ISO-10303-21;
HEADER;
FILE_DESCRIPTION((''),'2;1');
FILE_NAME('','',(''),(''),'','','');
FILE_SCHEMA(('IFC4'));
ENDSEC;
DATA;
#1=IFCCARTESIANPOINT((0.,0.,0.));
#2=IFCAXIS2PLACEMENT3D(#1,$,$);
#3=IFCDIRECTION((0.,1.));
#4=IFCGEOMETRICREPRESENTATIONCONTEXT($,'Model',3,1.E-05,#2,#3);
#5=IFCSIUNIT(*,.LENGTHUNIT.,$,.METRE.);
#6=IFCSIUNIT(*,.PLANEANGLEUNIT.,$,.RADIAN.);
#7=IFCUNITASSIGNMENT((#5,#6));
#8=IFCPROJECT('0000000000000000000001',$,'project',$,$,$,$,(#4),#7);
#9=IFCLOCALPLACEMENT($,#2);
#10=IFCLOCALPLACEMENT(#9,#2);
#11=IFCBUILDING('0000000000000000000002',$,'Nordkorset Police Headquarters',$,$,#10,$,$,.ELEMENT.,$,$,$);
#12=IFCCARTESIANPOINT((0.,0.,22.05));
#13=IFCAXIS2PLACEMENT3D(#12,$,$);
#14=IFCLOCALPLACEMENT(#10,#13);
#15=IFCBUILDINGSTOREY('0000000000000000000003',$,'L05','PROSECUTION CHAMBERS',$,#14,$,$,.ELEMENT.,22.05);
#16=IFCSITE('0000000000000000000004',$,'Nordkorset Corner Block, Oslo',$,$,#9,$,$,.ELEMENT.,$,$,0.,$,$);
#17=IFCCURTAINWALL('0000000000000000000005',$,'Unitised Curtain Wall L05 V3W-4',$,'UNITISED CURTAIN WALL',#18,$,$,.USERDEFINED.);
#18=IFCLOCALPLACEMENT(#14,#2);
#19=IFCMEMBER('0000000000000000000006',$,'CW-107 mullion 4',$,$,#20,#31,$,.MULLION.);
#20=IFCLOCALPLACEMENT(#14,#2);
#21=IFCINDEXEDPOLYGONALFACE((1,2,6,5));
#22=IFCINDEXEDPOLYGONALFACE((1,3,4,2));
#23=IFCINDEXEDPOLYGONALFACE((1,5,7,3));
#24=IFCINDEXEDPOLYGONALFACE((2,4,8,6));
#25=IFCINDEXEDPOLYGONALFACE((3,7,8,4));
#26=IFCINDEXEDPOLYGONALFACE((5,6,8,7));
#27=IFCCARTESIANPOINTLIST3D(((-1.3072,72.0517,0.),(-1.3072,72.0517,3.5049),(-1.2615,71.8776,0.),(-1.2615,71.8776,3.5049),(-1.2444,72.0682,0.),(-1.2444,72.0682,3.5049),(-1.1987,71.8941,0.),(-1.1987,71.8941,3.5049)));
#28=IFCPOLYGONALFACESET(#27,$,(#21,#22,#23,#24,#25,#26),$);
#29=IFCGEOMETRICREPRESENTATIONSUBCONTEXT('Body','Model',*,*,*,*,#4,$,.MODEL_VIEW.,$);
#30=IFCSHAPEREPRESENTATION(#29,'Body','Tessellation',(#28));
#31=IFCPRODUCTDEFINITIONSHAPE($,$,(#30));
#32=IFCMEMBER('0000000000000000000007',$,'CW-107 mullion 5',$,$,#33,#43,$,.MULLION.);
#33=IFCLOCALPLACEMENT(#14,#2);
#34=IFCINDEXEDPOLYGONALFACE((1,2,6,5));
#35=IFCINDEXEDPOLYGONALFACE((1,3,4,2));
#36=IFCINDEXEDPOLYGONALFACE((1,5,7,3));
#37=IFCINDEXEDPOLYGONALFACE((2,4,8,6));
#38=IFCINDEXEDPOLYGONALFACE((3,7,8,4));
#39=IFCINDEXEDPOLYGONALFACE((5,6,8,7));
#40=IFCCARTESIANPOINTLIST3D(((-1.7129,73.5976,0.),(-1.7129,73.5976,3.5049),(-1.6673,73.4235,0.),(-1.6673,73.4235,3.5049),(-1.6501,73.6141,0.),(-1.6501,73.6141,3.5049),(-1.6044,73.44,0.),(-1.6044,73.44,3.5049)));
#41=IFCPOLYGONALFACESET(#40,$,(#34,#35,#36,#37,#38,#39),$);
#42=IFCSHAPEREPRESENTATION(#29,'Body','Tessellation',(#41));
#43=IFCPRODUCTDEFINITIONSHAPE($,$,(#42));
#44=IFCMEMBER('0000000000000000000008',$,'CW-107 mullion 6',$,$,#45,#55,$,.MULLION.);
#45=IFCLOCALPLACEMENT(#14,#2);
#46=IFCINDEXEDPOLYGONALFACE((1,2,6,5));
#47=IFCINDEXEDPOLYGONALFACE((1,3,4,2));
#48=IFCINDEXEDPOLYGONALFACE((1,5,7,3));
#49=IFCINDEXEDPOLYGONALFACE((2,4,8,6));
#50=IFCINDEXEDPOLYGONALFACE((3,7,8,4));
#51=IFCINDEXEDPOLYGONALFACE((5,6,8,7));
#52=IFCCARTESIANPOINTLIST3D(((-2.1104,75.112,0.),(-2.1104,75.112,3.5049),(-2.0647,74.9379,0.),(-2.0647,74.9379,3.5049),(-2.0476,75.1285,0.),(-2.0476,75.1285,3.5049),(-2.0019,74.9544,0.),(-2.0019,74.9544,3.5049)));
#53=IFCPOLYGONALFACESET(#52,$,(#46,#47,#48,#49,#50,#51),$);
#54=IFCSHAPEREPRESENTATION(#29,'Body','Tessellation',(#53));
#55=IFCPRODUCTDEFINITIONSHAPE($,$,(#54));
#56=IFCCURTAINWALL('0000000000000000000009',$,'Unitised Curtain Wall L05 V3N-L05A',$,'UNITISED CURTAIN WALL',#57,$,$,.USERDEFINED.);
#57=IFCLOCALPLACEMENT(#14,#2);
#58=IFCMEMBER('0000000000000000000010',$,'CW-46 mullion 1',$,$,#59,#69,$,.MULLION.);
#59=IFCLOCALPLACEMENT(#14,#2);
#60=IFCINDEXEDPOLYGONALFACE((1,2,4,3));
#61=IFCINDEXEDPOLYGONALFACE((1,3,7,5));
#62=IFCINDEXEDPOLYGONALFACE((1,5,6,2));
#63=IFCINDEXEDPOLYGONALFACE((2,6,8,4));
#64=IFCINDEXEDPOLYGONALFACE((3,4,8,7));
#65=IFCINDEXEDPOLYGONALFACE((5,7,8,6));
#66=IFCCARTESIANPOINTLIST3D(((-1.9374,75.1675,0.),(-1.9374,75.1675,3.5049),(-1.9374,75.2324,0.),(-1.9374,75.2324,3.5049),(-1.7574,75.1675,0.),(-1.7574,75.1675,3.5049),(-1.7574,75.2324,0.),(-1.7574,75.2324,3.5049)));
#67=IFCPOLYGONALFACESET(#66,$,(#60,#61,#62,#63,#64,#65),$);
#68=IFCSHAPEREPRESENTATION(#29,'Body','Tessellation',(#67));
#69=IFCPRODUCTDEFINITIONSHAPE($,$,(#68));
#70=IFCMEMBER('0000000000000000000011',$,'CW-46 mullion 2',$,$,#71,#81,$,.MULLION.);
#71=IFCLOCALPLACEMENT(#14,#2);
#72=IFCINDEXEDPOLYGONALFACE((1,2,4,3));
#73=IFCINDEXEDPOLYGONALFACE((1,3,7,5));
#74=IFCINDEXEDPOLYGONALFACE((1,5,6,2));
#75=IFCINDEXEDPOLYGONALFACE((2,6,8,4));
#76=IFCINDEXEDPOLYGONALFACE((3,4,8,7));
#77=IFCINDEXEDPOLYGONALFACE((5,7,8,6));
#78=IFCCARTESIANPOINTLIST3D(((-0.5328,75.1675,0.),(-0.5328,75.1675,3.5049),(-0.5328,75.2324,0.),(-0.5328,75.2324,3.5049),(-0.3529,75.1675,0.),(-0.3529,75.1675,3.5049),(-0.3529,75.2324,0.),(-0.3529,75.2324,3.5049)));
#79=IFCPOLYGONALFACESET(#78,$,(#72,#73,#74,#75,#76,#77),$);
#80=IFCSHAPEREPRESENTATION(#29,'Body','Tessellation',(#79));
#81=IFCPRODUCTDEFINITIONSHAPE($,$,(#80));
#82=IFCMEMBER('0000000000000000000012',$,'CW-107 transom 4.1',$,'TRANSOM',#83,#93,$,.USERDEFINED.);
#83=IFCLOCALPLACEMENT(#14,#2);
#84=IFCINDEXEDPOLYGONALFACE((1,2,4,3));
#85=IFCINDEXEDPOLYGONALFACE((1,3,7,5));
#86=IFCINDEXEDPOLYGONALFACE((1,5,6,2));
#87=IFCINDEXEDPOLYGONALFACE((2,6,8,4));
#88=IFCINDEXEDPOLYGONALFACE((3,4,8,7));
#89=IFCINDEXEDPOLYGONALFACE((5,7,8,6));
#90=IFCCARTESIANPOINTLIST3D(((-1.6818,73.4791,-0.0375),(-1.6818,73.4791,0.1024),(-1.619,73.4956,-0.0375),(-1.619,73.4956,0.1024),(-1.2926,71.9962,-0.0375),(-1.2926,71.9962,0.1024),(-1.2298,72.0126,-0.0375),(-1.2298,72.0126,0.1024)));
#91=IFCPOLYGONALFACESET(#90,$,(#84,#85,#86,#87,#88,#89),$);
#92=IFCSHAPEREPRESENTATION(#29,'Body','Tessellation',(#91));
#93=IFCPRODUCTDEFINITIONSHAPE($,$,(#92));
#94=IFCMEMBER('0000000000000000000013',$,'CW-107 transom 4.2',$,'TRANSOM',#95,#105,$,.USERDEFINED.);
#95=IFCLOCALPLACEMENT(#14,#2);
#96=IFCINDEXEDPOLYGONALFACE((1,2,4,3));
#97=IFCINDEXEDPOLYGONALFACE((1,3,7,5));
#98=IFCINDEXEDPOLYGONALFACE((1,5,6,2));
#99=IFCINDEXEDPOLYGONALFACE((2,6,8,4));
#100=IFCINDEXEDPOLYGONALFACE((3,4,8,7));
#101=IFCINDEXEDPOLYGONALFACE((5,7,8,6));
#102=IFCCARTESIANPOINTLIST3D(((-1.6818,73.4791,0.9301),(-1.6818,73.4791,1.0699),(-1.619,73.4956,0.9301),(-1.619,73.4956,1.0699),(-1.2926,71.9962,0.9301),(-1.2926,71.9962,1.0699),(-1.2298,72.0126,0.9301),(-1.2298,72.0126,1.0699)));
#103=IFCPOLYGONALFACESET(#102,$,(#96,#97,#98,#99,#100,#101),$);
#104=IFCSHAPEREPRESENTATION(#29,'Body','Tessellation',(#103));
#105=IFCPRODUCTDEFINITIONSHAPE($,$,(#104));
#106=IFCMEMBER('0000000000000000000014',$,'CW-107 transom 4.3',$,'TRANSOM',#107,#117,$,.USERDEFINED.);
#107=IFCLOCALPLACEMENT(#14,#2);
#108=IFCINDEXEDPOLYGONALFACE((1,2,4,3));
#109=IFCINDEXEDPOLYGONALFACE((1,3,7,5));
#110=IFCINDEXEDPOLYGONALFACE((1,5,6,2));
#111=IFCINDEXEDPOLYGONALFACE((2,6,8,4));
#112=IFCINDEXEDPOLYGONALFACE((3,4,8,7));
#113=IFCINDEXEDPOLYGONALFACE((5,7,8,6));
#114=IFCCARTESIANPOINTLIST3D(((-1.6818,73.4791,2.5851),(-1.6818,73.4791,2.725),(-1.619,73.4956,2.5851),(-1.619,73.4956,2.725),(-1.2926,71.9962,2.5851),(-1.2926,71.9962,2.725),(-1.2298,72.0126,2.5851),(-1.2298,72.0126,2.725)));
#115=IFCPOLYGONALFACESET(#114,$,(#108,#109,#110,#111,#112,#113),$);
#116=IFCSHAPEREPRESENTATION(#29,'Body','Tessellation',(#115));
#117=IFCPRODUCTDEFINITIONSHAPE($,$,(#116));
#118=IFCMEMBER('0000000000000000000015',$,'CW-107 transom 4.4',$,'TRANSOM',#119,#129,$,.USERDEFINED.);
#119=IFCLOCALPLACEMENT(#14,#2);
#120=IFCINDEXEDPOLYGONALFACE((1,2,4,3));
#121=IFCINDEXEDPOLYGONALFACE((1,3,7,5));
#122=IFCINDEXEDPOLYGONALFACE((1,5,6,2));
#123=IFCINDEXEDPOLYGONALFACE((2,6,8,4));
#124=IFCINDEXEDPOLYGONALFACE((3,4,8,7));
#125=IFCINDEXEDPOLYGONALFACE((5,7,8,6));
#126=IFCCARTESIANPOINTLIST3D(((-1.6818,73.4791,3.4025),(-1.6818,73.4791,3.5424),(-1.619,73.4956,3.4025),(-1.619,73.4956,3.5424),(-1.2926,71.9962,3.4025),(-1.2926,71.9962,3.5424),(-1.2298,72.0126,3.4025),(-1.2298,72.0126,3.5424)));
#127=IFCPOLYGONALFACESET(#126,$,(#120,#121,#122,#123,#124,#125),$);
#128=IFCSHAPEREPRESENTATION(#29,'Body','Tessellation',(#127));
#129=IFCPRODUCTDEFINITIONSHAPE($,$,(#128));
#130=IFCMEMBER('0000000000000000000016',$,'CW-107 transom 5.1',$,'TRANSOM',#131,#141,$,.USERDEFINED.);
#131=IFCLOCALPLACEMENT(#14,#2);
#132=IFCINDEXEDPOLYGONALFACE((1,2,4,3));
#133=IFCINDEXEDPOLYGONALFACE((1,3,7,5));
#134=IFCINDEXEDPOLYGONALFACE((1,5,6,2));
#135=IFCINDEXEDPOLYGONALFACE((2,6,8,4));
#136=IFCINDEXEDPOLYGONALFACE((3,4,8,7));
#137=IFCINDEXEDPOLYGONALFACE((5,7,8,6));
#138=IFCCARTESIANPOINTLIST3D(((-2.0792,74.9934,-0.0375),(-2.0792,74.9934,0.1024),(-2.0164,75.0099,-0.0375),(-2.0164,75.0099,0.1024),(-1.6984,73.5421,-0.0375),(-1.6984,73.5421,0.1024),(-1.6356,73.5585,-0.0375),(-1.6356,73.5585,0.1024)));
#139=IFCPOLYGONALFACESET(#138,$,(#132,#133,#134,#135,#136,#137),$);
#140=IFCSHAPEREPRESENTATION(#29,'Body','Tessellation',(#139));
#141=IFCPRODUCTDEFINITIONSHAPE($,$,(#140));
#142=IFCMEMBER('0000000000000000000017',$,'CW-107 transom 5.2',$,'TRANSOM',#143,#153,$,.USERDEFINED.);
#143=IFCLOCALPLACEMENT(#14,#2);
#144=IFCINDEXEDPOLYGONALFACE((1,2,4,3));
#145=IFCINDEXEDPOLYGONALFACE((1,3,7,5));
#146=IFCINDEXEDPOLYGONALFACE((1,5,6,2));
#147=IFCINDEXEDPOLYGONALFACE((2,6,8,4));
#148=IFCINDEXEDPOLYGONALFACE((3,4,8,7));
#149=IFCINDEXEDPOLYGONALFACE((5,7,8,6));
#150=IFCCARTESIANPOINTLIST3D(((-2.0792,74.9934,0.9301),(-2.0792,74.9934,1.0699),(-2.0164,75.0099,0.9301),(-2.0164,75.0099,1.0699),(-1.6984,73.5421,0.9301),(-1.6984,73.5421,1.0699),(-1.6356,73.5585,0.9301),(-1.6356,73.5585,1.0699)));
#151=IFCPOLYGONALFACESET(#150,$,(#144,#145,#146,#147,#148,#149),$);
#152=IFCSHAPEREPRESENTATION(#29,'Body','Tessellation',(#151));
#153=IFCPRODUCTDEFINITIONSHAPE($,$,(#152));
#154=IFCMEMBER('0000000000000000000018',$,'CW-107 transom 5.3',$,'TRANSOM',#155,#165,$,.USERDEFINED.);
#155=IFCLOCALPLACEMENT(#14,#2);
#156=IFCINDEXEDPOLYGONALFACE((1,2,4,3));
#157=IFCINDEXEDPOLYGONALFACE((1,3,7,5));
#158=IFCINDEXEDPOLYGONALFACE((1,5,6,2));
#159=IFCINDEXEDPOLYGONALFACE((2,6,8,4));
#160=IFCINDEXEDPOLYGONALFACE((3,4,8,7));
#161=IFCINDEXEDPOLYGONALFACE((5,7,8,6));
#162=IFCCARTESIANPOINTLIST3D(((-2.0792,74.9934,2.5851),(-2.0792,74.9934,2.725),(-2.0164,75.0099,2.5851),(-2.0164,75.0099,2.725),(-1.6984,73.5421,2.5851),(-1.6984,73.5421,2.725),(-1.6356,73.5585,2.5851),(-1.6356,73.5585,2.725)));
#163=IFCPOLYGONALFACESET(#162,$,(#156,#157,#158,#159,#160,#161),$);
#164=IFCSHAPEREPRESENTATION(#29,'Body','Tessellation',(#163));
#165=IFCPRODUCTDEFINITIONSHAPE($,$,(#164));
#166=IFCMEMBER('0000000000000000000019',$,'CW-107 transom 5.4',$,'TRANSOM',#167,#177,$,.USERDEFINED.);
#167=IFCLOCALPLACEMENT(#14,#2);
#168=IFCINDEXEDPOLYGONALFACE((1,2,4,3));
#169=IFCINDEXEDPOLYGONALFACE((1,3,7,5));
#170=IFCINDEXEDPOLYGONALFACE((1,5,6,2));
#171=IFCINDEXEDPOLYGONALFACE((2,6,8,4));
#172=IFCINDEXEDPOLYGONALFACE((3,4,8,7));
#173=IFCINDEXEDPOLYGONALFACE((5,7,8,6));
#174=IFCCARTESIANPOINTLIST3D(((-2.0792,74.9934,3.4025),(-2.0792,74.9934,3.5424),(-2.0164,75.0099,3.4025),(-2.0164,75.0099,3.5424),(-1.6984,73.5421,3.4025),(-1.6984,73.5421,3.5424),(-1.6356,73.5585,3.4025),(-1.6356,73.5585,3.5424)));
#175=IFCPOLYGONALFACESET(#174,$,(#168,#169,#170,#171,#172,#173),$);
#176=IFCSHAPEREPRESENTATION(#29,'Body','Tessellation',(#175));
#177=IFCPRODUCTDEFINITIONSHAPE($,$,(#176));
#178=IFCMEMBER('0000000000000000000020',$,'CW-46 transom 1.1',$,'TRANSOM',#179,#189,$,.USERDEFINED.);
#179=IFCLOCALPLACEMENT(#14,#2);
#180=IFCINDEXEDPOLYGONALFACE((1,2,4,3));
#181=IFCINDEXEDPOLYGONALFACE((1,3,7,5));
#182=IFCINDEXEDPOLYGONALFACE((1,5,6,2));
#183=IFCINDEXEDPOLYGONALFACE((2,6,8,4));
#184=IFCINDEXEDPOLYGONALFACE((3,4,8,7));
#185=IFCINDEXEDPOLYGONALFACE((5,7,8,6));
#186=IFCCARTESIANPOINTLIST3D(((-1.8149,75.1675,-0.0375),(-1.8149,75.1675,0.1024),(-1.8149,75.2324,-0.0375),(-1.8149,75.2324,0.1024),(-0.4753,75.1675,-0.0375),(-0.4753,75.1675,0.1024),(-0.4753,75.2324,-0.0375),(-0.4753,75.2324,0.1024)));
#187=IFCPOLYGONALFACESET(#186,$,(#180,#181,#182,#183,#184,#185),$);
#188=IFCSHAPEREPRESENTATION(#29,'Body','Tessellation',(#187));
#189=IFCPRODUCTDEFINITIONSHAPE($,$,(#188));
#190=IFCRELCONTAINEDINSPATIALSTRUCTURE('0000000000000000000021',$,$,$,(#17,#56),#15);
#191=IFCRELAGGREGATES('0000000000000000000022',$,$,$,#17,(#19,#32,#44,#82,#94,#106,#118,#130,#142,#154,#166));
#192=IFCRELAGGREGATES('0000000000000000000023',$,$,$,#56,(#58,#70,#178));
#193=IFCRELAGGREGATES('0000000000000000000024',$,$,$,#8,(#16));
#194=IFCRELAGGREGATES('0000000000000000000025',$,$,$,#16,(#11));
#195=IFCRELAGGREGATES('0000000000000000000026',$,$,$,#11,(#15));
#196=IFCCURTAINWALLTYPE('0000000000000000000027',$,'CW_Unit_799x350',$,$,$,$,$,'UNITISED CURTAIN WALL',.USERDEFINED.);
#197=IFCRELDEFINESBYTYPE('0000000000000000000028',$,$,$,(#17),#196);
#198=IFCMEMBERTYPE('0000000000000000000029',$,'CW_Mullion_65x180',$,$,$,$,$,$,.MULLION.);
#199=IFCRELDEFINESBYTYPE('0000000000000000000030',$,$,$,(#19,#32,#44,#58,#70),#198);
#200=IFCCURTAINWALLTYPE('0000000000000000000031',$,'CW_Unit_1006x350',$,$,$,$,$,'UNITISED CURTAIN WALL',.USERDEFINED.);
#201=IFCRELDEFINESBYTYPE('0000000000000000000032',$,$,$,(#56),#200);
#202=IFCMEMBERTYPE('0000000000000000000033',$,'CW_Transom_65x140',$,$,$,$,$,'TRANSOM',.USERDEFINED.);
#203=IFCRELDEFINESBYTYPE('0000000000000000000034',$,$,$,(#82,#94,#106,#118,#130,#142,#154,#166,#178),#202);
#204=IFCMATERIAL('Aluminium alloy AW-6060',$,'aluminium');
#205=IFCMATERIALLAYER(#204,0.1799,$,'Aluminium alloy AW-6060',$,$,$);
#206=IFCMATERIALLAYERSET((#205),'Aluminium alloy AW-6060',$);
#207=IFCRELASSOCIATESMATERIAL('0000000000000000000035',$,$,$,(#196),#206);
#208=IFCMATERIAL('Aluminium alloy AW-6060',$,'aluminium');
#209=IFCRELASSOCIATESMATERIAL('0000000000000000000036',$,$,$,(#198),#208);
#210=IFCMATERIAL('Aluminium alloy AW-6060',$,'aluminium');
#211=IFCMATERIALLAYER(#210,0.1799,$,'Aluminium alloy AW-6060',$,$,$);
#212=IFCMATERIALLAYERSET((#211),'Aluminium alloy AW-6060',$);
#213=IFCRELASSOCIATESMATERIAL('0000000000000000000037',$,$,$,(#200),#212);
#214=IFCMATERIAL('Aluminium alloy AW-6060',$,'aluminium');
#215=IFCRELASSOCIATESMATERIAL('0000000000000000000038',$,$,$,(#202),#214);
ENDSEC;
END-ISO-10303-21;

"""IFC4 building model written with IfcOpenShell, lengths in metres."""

from ifc_helpers import new_model, si_unit, direction, frame, origin, origin_2d, place, context, subcontext, project, spatial, rectangle, extrude, material, layer, layer_set, material_profile, profile_set, type_object, element, aggregate, save


model = new_model("IFC4")

# Units and contexts
model_context = context("Model", 3, precision=1e-05, world=origin(), true_north=direction((0.0, 1.0)))
body_context = subcontext(model_context, "Body", "Model", "MODEL_VIEW")
ifc_project = project(units=[si_unit("LENGTHUNIT", "METRE"), si_unit("PLANEANGLEUNIT", "RADIAN")], contexts=[model_context])

# Site, building, storey
site_placement = place(None, origin())
site = spatial("IfcSite", under=ifc_project, at=site_placement, Name="Nordkorset Corner Block, Oslo", CompositionType="ELEMENT", RefElevation=0.0)
building_placement = place(site_placement, origin())
building = spatial("IfcBuilding", under=site, at=building_placement, Name="Nordkorset Police Headquarters", CompositionType="ELEMENT")
storey_placement = place(building_placement, frame((0.0, 0.0, 22.05)))
storey = spatial("IfcBuildingStorey", under=building, at=storey_placement, Name="L05", Description="PROSECUTION CHAMBERS", CompositionType="ELEMENT", Elevation=22.05)

# Curtain walls, members
ifc_material_1 = material(Name="Aluminium alloy AW-6060", Category="aluminium")
ifc_layer_1 = layer(ifc_material_1, 0.1799, Name="Aluminium alloy AW-6060")
ifc_layer_set_1 = layer_set([ifc_layer_1], Name="Aluminium alloy AW-6060")
curtain_wall_type_1 = type_object("IfcCurtainWallType", Name="CW_Unit_799x350", ElementType="UNITISED CURTAIN WALL", PredefinedType="USERDEFINED", material=ifc_layer_set_1)
curtain_wall_1_placement = place(storey_placement, origin())
curtain_wall_1 = element("IfcCurtainWall", 1, at=curtain_wall_1_placement, inside=storey, type_object=curtain_wall_type_1, Name="Unitised Curtain Wall L05 V3W-4", ObjectType="UNITISED CURTAIN WALL", PredefinedType="USERDEFINED")
ifc_material_2 = material(Name="Aluminium alloy AW-6060", Category="aluminium")
ifc_material_profile_1 = material_profile(ifc_material_2, rectangle(XDim=0.0649, YDim=0.1799, at=origin_2d()), Name="ALU MULL 65x180")
ifc_profile_set_1 = profile_set([ifc_material_profile_1], Name="Aluminium alloy AW-6060")
member_type_1 = type_object("IfcMemberType", Name="CW_Mullion_65x180", PredefinedType="MULLION", material=ifc_profile_set_1)
member_1_placement = place(storey_placement, frame((-1.2529, 71.9729, 0.0), z_axis=(0.0, 0.0, 1.0), x_axis=(-0.967231, -0.253897, 0.0)))
member_1 = element("IfcMember", 2, at=member_1_placement, type_object=member_type_1, Name="CW-107 mullion 4", PredefinedType="MULLION", context=body_context, shape_type="SweptSolid", body=[
    extrude(rectangle(XDim=0.0649, YDim=0.1799, at=origin_2d()), origin(), (0.0, 0.0, 1.0), 3.5049),
])
member_2_placement = place(storey_placement, frame((-1.6587, 73.5188, 0.0), z_axis=(0.0, 0.0, 1.0), x_axis=(-0.967231, -0.253897, 0.0)))
member_2 = element("IfcMember", 3, at=member_2_placement, type_object=member_type_1, Name="CW-107 mullion 5", PredefinedType="MULLION", context=body_context, shape_type="SweptSolid", body=[
    extrude(rectangle(XDim=0.0649, YDim=0.1799, at=origin_2d()), origin(), (0.0, 0.0, 1.0), 3.5049),
])
member_3_placement = place(storey_placement, frame((-2.0562, 75.0332, 0.0), z_axis=(0.0, 0.0, 1.0), x_axis=(-0.967231, -0.253897, 0.0)))
member_3 = element("IfcMember", 4, at=member_3_placement, type_object=member_type_1, Name="CW-107 mullion 6", PredefinedType="MULLION", context=body_context, shape_type="SweptSolid", body=[
    extrude(rectangle(XDim=0.0649, YDim=0.1799, at=origin_2d()), origin(), (0.0, 0.0, 1.0), 3.5049),
])
ifc_material_3 = material(Name="Aluminium alloy AW-6060", Category="aluminium")
ifc_layer_2 = layer(ifc_material_3, 0.1799, Name="Aluminium alloy AW-6060")
ifc_layer_set_2 = layer_set([ifc_layer_2], Name="Aluminium alloy AW-6060")
curtain_wall_type_2 = type_object("IfcCurtainWallType", Name="CW_Unit_1006x350", ElementType="UNITISED CURTAIN WALL", PredefinedType="USERDEFINED", material=ifc_layer_set_2)
curtain_wall_2_placement = place(storey_placement, origin())
curtain_wall_2 = element("IfcCurtainWall", 5, at=curtain_wall_2_placement, inside=storey, type_object=curtain_wall_type_2, Name="Unitised Curtain Wall L05 V3N-L05A", ObjectType="UNITISED CURTAIN WALL", PredefinedType="USERDEFINED")
member_4_placement = place(storey_placement, frame((-1.8474, 75.2, 0.0), z_axis=(0.0, 0.0, 1.0), x_axis=(0.0, 1.0, 0.0)))
member_4 = element("IfcMember", 6, at=member_4_placement, type_object=member_type_1, Name="CW-46 mullion 1", PredefinedType="MULLION", context=body_context, shape_type="SweptSolid", body=[
    extrude(rectangle(XDim=0.0649, YDim=0.1799, at=origin_2d()), origin(), (0.0, 0.0, 1.0), 3.5049),
])
member_5_placement = place(storey_placement, frame((-0.4429, 75.2, 0.0), z_axis=(0.0, 0.0, 1.0), x_axis=(0.0, 1.0, 0.0)))
member_5 = element("IfcMember", 7, at=member_5_placement, type_object=member_type_1, Name="CW-46 mullion 2", PredefinedType="MULLION", context=body_context, shape_type="SweptSolid", body=[
    extrude(rectangle(XDim=0.0649, YDim=0.1799, at=origin_2d()), origin(), (0.0, 0.0, 1.0), 3.5049),
])

# Members
ifc_material_4 = material(Name="Aluminium alloy AW-6060", Category="aluminium")
ifc_material_profile_2 = material_profile(ifc_material_4, rectangle(XDim=0.0649, YDim=0.1399, at=origin_2d()), Name="ALU TRAN 65x140")
ifc_profile_set_2 = profile_set([ifc_material_profile_2], Name="Aluminium alloy AW-6060")
member_type_2 = type_object("IfcMemberType", Name="CW_Transom_65x140", ElementType="TRANSOM", PredefinedType="USERDEFINED", material=ifc_profile_set_2)
member_6_placement = place(storey_placement, frame((-1.2612, 72.0044, 0.0325), z_axis=(-0.253835, 0.967248, 0.0), x_axis=(-0.967248, -0.253835, 0.0)))
member_6 = element("IfcMember", 8, at=member_6_placement, type_object=member_type_2, Name="CW-107 transom 4.1", ObjectType="TRANSOM", PredefinedType="USERDEFINED", context=body_context, shape_type="SweptSolid", body=[
    extrude(rectangle(XDim=0.0649, YDim=0.1399, at=origin_2d()), origin(), (0.0, 0.0, 1.0), 1.5332),
])
member_7_placement = place(storey_placement, frame((-1.2612, 72.0044, 1.0), z_axis=(-0.253835, 0.967248, 0.0), x_axis=(-0.967248, -0.253835, 0.0)))
member_7 = element("IfcMember", 9, at=member_7_placement, type_object=member_type_2, Name="CW-107 transom 4.2", ObjectType="TRANSOM", PredefinedType="USERDEFINED", context=body_context, shape_type="SweptSolid", body=[
    extrude(rectangle(XDim=0.0649, YDim=0.1399, at=origin_2d()), origin(), (0.0, 0.0, 1.0), 1.5332),
])
member_8_placement = place(storey_placement, frame((-1.2612, 72.0044, 2.655), z_axis=(-0.253835, 0.967248, 0.0), x_axis=(-0.967248, -0.253835, 0.0)))
member_8 = element("IfcMember", 10, at=member_8_placement, type_object=member_type_2, Name="CW-107 transom 4.3", ObjectType="TRANSOM", PredefinedType="USERDEFINED", context=body_context, shape_type="SweptSolid", body=[
    extrude(rectangle(XDim=0.0649, YDim=0.1399, at=origin_2d()), origin(), (0.0, 0.0, 1.0), 1.5332),
])
member_9_placement = place(storey_placement, frame((-1.2612, 72.0044, 3.4724), z_axis=(-0.253835, 0.967248, 0.0), x_axis=(-0.967248, -0.253835, 0.0)))
member_9 = element("IfcMember", 11, at=member_9_placement, type_object=member_type_2, Name="CW-107 transom 4.4", ObjectType="TRANSOM", PredefinedType="USERDEFINED", context=body_context, shape_type="SweptSolid", body=[
    extrude(rectangle(XDim=0.0649, YDim=0.1399, at=origin_2d()), origin(), (0.0, 0.0, 1.0), 1.5332),
])
member_10_placement = place(storey_placement, frame((-1.667, 73.5503, 0.0325), z_axis=(-0.253813, 0.967253, 0.0), x_axis=(-0.967253, -0.253813, 0.0)))
member_10 = element("IfcMember", 12, at=member_10_placement, type_object=member_type_2, Name="CW-107 transom 5.1", ObjectType="TRANSOM", PredefinedType="USERDEFINED", context=body_context, shape_type="SweptSolid", body=[
    extrude(rectangle(XDim=0.0649, YDim=0.1399, at=origin_2d()), origin(), (0.0, 0.0, 1.0), 1.5005),
])
member_11_placement = place(storey_placement, frame((-1.667, 73.5503, 1.0), z_axis=(-0.253813, 0.967253, 0.0), x_axis=(-0.967253, -0.253813, 0.0)))
member_11 = element("IfcMember", 13, at=member_11_placement, type_object=member_type_2, Name="CW-107 transom 5.2", ObjectType="TRANSOM", PredefinedType="USERDEFINED", context=body_context, shape_type="SweptSolid", body=[
    extrude(rectangle(XDim=0.0649, YDim=0.1399, at=origin_2d()), origin(), (0.0, 0.0, 1.0), 1.5005),
])
member_12_placement = place(storey_placement, frame((-1.667, 73.5503, 2.655), z_axis=(-0.253813, 0.967253, 0.0), x_axis=(-0.967253, -0.253813, 0.0)))
member_12 = element("IfcMember", 14, at=member_12_placement, type_object=member_type_2, Name="CW-107 transom 5.3", ObjectType="TRANSOM", PredefinedType="USERDEFINED", context=body_context, shape_type="SweptSolid", body=[
    extrude(rectangle(XDim=0.0649, YDim=0.1399, at=origin_2d()), origin(), (0.0, 0.0, 1.0), 1.5005),
])
member_13_placement = place(storey_placement, frame((-1.667, 73.5503, 3.4724), z_axis=(-0.253813, 0.967253, 0.0), x_axis=(-0.967253, -0.253813, 0.0)))
member_13 = element("IfcMember", 15, at=member_13_placement, type_object=member_type_2, Name="CW-107 transom 5.4", ObjectType="TRANSOM", PredefinedType="USERDEFINED", context=body_context, shape_type="SweptSolid", body=[
    extrude(rectangle(XDim=0.0649, YDim=0.1399, at=origin_2d()), origin(), (0.0, 0.0, 1.0), 1.5005),
])
member_14_placement = place(storey_placement, frame((-1.8149, 75.2, 0.0325), z_axis=(1.0, 0.0, 0.0), x_axis=(0.0, 1.0, 0.0)))
member_14 = element("IfcMember", 16, at=member_14_placement, type_object=member_type_2, Name="CW-46 transom 1.1", ObjectType="TRANSOM", PredefinedType="USERDEFINED", context=body_context, shape_type="SweptSolid", body=[
    extrude(rectangle(XDim=0.0649, YDim=0.1399, at=origin_2d()), origin(), (0.0, 0.0, 1.0), 1.3396),
])

aggregate(curtain_wall_1, [member_1, member_2, member_3, member_6, member_7, member_8, member_9, member_10, member_11, member_12, member_13])
aggregate(curtain_wall_2, [member_4, member_5, member_14])

save(model, "model.ifc")
